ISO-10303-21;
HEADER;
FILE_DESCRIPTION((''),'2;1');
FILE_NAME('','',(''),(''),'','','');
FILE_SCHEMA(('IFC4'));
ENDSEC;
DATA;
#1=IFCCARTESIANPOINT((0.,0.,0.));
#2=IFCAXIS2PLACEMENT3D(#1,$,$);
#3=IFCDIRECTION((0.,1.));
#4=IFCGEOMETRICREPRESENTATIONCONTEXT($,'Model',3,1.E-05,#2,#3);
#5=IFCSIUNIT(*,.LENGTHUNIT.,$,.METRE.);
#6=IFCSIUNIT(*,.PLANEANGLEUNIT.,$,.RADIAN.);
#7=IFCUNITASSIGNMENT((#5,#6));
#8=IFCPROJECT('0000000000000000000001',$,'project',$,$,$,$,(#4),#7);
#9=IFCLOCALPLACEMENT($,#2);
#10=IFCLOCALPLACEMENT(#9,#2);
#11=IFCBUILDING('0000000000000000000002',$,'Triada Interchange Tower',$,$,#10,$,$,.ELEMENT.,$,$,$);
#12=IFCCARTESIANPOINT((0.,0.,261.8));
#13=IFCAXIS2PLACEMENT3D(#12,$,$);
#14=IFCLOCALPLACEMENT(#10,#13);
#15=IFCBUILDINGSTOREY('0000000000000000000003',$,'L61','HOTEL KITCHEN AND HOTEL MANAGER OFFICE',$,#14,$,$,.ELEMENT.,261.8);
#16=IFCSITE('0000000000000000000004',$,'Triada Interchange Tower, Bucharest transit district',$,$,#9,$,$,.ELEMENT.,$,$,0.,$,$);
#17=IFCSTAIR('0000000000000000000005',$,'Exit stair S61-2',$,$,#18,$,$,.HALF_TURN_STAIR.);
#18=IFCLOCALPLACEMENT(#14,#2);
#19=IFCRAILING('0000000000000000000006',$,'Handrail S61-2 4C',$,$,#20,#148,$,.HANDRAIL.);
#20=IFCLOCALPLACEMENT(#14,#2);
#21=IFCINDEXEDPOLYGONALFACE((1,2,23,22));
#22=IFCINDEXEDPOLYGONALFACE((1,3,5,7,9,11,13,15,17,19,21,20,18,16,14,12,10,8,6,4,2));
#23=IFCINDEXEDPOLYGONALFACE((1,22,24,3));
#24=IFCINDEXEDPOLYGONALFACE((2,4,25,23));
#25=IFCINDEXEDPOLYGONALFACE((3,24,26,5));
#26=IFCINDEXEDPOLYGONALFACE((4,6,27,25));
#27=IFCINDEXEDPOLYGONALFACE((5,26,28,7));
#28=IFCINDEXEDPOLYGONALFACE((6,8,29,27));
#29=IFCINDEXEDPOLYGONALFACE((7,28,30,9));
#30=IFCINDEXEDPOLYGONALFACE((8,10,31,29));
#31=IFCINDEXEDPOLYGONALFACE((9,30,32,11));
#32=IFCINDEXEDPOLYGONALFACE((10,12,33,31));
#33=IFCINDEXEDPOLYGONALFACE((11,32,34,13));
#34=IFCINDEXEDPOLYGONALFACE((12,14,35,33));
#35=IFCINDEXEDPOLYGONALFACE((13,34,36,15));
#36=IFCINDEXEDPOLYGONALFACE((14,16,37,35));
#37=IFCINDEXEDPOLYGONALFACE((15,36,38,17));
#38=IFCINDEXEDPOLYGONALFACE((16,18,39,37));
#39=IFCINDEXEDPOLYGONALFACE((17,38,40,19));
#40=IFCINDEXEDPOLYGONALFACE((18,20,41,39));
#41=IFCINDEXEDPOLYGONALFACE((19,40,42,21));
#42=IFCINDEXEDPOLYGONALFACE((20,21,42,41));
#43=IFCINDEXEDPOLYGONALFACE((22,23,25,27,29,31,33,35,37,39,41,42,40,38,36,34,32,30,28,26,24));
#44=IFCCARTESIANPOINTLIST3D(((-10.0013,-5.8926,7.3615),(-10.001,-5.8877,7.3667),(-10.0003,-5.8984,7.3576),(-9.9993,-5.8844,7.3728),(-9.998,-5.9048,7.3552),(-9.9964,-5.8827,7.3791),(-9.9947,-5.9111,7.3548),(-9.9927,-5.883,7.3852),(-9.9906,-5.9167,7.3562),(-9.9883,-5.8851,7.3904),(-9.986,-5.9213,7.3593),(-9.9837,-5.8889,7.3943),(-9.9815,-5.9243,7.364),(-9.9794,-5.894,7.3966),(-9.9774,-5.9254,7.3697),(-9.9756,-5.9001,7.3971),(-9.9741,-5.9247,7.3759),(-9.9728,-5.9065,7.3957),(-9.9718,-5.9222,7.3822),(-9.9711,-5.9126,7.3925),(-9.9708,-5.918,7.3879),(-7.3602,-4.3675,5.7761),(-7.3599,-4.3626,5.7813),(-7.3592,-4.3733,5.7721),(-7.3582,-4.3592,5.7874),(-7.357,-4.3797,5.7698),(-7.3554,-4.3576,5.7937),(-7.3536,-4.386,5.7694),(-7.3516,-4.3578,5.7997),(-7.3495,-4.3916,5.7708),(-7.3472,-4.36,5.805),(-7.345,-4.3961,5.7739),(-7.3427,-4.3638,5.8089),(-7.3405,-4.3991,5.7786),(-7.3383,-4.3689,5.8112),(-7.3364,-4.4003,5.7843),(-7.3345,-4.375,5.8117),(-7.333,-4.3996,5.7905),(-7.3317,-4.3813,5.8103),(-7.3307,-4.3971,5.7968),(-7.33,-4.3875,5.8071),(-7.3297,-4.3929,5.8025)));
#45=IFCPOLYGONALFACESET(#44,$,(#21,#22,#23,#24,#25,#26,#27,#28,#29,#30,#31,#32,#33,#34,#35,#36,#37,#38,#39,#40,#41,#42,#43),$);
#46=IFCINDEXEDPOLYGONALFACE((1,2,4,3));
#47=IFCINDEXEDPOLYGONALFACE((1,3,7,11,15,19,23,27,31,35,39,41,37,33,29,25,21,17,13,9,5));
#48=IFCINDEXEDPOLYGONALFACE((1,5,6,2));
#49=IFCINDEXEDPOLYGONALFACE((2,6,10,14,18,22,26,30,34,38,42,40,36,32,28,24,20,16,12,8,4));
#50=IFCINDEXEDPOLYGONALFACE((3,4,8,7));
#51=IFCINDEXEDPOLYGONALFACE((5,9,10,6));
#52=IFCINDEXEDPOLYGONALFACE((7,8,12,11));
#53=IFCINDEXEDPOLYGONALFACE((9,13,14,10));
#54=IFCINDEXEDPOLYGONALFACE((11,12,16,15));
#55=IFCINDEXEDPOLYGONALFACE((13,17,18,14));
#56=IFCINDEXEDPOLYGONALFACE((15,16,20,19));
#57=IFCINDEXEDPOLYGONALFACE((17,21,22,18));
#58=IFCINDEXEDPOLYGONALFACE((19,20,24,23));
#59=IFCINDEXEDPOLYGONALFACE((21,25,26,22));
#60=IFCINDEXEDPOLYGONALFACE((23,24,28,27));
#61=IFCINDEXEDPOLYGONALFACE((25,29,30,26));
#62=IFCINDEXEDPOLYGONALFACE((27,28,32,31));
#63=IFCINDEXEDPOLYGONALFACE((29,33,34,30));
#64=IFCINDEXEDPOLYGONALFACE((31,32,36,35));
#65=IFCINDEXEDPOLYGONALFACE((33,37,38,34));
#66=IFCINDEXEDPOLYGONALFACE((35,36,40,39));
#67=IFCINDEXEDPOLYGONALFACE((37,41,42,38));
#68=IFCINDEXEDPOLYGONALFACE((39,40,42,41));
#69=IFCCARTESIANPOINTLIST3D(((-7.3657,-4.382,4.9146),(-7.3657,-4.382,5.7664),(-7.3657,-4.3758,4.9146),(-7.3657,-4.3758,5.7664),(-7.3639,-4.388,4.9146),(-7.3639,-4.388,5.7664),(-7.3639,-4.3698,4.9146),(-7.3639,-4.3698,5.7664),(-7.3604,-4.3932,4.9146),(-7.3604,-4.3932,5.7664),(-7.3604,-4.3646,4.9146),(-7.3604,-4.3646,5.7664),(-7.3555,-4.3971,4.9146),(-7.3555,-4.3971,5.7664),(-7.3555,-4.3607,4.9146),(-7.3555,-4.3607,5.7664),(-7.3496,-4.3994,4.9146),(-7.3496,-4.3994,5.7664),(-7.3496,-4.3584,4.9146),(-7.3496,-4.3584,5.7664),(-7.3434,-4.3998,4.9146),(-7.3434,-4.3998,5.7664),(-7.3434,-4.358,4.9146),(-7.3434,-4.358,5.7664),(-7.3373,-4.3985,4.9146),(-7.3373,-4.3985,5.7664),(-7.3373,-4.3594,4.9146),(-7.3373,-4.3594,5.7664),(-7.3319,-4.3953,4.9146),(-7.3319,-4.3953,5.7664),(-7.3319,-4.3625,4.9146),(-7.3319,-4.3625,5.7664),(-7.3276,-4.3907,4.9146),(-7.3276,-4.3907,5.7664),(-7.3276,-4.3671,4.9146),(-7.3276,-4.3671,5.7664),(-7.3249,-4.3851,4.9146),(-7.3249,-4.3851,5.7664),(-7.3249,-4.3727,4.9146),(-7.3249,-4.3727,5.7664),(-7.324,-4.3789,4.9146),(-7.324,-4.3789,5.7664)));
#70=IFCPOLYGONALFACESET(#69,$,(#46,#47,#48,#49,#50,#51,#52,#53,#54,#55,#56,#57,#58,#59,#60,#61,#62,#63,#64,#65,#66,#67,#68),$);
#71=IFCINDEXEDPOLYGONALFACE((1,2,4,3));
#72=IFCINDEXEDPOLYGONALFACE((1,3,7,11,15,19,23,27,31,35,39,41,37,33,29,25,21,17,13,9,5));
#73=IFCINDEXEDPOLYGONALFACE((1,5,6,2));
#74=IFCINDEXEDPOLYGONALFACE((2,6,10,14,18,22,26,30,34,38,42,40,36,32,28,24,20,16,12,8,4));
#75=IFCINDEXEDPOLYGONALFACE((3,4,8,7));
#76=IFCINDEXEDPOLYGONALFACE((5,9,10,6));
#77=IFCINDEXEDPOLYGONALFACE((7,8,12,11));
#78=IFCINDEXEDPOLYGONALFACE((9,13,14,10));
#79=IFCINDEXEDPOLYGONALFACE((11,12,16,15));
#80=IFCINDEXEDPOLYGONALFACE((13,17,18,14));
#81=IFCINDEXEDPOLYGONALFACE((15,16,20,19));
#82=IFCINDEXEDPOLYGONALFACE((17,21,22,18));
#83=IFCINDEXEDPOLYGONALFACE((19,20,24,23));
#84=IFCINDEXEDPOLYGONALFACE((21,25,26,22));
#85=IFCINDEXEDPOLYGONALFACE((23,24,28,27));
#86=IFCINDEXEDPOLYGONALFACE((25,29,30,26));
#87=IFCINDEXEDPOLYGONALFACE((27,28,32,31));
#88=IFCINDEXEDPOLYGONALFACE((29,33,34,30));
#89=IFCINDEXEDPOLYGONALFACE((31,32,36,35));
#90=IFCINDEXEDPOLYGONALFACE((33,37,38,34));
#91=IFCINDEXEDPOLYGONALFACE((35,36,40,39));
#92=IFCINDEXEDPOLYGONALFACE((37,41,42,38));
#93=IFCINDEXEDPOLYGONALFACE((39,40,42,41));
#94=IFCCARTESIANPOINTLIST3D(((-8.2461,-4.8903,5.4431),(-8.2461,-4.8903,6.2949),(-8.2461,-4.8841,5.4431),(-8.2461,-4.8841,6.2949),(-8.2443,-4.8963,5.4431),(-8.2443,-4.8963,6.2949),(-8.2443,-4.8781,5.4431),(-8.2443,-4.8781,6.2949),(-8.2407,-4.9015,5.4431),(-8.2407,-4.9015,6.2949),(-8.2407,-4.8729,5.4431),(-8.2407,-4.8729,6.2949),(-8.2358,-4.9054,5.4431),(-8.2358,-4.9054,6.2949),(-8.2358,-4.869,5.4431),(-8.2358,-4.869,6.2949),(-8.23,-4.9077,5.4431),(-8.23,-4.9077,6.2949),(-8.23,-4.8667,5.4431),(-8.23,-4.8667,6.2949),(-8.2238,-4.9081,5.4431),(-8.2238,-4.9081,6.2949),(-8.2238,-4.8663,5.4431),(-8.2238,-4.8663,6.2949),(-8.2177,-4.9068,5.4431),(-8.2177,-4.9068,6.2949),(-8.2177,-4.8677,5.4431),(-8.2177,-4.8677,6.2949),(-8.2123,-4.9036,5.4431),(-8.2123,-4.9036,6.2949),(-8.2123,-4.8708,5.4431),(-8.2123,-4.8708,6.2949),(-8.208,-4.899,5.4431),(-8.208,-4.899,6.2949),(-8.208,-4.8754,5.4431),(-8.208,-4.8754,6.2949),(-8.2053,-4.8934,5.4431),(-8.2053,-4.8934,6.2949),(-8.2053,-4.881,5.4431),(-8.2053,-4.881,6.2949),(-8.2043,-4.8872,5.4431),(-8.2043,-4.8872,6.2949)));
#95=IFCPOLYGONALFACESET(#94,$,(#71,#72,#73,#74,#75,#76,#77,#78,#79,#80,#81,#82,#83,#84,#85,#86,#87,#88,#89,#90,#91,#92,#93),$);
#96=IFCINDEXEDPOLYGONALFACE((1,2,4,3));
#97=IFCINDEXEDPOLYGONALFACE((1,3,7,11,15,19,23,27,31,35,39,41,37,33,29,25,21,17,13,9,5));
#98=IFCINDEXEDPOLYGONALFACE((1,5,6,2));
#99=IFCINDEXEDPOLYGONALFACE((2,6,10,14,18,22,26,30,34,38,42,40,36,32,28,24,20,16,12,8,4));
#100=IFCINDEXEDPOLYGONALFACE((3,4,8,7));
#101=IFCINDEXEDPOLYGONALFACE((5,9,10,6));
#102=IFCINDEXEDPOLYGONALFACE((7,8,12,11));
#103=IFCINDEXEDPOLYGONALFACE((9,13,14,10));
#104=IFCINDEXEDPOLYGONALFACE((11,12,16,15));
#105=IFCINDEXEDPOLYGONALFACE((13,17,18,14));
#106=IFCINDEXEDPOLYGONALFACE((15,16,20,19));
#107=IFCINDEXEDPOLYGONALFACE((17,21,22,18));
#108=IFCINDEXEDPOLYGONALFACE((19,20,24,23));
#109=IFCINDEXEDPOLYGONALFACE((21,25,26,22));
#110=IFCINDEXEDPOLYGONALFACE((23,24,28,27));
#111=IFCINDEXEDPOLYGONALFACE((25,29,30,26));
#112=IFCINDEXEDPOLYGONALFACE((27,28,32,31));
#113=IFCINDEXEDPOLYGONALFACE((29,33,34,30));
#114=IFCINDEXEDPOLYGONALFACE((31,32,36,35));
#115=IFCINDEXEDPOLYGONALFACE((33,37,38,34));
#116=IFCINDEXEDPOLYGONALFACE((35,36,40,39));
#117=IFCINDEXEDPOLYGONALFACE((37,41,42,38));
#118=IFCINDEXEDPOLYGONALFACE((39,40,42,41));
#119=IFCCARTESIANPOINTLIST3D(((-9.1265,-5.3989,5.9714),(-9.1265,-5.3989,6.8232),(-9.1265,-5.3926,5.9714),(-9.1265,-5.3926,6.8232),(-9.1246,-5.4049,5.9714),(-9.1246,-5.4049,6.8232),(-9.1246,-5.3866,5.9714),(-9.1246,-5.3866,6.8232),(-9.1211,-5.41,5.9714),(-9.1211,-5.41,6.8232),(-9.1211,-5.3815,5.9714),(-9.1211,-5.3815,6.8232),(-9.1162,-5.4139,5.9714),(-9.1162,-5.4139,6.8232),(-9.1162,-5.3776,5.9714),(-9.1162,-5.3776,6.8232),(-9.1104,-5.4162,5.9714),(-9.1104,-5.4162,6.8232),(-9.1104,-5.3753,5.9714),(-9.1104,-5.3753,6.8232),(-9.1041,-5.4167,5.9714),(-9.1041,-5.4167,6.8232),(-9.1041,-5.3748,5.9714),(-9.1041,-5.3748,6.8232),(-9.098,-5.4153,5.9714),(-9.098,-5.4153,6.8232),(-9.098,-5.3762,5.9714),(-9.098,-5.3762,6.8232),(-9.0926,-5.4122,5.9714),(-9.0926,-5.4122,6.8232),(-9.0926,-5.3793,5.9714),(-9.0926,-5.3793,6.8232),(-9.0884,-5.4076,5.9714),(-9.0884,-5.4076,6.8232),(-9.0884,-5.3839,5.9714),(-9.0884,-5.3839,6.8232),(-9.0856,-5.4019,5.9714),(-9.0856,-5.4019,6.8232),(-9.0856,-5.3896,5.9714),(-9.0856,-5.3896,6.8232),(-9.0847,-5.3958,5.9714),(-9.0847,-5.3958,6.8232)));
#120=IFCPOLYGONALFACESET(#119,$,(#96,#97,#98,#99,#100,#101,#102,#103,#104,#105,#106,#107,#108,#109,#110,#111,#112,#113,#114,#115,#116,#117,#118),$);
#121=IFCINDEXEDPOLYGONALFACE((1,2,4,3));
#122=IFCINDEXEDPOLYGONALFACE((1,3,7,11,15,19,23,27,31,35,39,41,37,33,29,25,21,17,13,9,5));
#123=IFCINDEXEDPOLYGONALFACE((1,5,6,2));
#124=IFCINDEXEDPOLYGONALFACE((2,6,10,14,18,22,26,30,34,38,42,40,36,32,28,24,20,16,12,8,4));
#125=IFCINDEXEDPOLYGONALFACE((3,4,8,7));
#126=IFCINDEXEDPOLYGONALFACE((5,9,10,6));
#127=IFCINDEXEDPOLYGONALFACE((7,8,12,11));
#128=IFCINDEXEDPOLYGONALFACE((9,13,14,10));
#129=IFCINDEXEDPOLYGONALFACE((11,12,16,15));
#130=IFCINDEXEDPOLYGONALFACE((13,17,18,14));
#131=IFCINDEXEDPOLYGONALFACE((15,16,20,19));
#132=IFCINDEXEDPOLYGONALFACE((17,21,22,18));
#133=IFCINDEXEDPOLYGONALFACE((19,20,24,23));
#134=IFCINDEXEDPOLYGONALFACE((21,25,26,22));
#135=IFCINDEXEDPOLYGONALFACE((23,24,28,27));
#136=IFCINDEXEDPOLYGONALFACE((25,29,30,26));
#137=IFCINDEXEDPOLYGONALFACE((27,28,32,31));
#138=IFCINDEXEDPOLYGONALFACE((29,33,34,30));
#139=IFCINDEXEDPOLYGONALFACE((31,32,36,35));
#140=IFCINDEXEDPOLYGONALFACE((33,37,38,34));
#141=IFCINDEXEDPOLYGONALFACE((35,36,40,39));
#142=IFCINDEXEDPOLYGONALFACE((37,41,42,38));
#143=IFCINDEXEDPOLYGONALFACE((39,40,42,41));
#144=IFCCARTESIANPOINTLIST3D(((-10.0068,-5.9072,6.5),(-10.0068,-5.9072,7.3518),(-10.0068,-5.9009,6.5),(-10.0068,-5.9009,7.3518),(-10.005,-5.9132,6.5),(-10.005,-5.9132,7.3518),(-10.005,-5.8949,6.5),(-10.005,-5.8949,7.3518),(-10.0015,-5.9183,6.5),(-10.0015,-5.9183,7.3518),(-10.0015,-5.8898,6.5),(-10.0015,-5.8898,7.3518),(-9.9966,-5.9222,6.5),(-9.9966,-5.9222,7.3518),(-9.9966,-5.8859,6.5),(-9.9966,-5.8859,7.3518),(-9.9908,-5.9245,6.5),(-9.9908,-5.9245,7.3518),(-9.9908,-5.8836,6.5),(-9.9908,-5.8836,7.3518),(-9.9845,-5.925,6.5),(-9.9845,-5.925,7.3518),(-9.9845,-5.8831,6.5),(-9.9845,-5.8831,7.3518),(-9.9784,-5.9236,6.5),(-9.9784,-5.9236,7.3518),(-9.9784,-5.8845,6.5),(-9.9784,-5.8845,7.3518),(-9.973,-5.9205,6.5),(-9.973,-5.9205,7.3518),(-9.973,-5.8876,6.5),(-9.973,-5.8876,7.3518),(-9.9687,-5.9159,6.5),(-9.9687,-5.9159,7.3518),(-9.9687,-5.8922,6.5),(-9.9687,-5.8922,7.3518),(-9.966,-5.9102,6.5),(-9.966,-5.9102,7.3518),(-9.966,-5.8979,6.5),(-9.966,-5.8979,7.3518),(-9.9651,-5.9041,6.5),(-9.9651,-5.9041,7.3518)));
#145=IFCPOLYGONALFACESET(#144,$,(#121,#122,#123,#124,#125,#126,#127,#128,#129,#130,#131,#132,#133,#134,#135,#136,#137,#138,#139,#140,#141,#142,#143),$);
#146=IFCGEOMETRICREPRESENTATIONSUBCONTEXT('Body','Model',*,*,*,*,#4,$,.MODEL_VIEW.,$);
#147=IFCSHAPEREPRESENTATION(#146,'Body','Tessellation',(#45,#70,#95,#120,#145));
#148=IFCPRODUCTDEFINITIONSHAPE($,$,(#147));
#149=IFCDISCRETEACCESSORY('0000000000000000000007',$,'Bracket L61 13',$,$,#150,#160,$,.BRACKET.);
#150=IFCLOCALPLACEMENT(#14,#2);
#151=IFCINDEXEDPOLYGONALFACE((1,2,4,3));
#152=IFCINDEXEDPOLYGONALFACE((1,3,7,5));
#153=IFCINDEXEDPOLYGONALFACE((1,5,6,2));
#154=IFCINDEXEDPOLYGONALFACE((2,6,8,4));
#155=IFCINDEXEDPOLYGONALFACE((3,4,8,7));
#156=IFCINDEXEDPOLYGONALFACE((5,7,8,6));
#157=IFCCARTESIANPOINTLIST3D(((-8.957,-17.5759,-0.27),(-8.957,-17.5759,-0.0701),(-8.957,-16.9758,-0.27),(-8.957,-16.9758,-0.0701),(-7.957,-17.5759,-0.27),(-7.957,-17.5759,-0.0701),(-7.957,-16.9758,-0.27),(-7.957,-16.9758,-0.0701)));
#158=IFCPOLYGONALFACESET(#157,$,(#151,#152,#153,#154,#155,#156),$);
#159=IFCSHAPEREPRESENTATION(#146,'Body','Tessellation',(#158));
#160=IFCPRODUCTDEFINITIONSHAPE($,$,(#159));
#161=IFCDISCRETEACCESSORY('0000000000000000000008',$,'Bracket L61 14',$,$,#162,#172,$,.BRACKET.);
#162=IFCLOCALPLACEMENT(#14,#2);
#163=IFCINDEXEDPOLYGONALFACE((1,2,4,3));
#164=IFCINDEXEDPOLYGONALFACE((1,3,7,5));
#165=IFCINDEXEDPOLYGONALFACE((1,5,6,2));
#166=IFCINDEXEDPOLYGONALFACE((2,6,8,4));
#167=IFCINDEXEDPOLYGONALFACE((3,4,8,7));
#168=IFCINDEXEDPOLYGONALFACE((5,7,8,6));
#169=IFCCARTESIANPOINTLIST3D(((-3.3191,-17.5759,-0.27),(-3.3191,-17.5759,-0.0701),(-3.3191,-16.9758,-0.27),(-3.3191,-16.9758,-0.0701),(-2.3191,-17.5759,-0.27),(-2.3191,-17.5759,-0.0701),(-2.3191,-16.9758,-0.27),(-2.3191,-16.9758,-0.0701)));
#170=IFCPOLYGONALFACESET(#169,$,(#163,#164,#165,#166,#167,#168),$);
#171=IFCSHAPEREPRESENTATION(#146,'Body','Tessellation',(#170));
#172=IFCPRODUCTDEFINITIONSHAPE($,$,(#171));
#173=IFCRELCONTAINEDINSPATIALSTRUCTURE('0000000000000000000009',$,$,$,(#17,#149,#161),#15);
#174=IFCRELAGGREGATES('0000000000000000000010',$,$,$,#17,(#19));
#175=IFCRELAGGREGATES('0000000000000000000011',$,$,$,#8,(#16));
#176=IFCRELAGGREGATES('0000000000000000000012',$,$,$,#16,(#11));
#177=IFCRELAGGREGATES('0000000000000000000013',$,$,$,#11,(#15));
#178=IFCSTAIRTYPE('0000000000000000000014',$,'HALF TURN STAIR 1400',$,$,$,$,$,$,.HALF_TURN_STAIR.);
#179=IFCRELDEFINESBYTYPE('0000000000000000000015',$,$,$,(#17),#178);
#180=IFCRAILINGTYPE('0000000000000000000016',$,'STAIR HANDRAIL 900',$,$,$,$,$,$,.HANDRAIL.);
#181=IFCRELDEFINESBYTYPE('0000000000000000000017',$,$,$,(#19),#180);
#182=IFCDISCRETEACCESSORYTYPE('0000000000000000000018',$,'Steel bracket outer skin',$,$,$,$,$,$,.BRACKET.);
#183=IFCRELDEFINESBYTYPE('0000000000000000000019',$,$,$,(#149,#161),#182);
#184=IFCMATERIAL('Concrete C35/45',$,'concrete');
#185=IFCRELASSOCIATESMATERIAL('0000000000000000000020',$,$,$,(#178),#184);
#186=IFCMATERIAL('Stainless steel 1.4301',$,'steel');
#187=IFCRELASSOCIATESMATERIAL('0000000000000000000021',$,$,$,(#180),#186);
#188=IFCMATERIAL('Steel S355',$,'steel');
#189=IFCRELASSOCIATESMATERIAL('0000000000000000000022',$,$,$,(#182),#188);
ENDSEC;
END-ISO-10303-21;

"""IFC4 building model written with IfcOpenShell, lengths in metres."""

from ifc_helpers import new_model, si_unit, direction, frame, origin, origin_2d, place, context, subcontext, project, spatial, rectangle, circle, extrude, material, type_object, element, aggregate, save


model = new_model("IFC4")

# Units and contexts
model_context = context("Model", 3, precision=1e-05, world=origin(), true_north=direction((0.0, 1.0)))
body_context = subcontext(model_context, "Body", "Model", "MODEL_VIEW")
ifc_project = project(units=[si_unit("LENGTHUNIT", "METRE"), si_unit("PLANEANGLEUNIT", "RADIAN")], contexts=[model_context])

# Site, building, storey
site_placement = place(None, origin())
site = spatial("IfcSite", under=ifc_project, at=site_placement, Name="Triada Interchange Tower, Bucharest transit district", CompositionType="ELEMENT", RefElevation=0.0)
building_placement = place(site_placement, origin())
building = spatial("IfcBuilding", under=site, at=building_placement, Name="Triada Interchange Tower", CompositionType="ELEMENT")
storey_placement = place(building_placement, frame((0.0, 0.0, 261.8)))
storey = spatial("IfcBuildingStorey", under=building, at=storey_placement, Name="L61", Description="HOTEL KITCHEN AND HOTEL MANAGER OFFICE", CompositionType="ELEMENT", Elevation=261.8)

# Stair
ifc_material_1 = material(Name="Concrete C35/45", Category="concrete")
stair_type = type_object("IfcStairType", Name="HALF TURN STAIR 1400", PredefinedType="HALF_TURN_STAIR", material=ifc_material_1)
stair_placement = place(storey_placement, origin())
stair = element("IfcStair", 1, at=stair_placement, inside=storey, type_object=stair_type, Name="Exit stair S61-2", PredefinedType="HALF_TURN_STAIR")

# Railing
ifc_material_2 = material(Name="Stainless steel 1.4301", Category="steel")
railing_type = type_object("IfcRailingType", Name="STAIR HANDRAIL 900", PredefinedType="HANDRAIL", material=ifc_material_2)
railing_1_placement = place(storey_placement, frame((-7.345, -4.3789, 4.9146)))
railing_1 = element("IfcRailing", 2, at=railing_1_placement, type_object=railing_type, Name="Handrail S61-2 4C", PredefinedType="HANDRAIL", context=body_context, shape_type="SweptSolid", body=[
    extrude(circle(Radius=0.0239, at=origin_2d()), frame((0.0, 0.0, 0.876), z_axis=(-0.768363, -0.443702, 0.461245), x_axis=(0.500074, -0.865983, 0.0)), (0.0, 0.0, 1.0), 3.4373),
    extrude(circle(Radius=0.021, at=origin_2d()), origin(), (0.0, 0.0, 1.0), 0.8518),
    extrude(circle(Radius=0.021, at=origin_2d()), frame((-0.8804, -0.5083, 0.5286)), (0.0, 0.0, 1.0), 0.8518),
    extrude(circle(Radius=0.021, at=origin_2d()), frame((-1.7607, -1.0168, 1.0569)), (0.0, 0.0, 1.0), 0.8518),
    extrude(circle(Radius=0.021, at=origin_2d()), frame((-2.6411, -1.5251, 1.5854)), (0.0, 0.0, 1.0), 0.8518),
])
aggregate(stair, [railing_1])

# Discrete accessories
ifc_material_3 = material(Name="Steel S355", Category="steel")
discrete_accessory_type = type_object("IfcDiscreteAccessoryType", Name="Steel bracket outer skin", PredefinedType="BRACKET", material=ifc_material_3)
for number, where, z_axis, x_axis, name in (
    (3, (-8.457, -17.2759, -0.27), (0.0, 0.0, 1.0), (0.0, -1.0, 0.0), "Bracket L61 13"),
    (4, (-2.8191, -17.2759, -0.27), (0.0, 0.0, 1.0), (0.0, -1.0, 0.0), "Bracket L61 14"),
):
    element("IfcDiscreteAccessory", number, at=place(storey_placement, frame(where, z_axis=z_axis, x_axis=x_axis)), inside=storey, type_object=discrete_accessory_type, Name=name, PredefinedType="BRACKET", context=body_context, shape_type="SweptSolid", body=[
        extrude(rectangle(XDim=0.6001, YDim=1.0, at=origin_2d()), origin(), (0.0, 0.0, 1.0), 0.2),
    ])

save(model, "model.ifc")
